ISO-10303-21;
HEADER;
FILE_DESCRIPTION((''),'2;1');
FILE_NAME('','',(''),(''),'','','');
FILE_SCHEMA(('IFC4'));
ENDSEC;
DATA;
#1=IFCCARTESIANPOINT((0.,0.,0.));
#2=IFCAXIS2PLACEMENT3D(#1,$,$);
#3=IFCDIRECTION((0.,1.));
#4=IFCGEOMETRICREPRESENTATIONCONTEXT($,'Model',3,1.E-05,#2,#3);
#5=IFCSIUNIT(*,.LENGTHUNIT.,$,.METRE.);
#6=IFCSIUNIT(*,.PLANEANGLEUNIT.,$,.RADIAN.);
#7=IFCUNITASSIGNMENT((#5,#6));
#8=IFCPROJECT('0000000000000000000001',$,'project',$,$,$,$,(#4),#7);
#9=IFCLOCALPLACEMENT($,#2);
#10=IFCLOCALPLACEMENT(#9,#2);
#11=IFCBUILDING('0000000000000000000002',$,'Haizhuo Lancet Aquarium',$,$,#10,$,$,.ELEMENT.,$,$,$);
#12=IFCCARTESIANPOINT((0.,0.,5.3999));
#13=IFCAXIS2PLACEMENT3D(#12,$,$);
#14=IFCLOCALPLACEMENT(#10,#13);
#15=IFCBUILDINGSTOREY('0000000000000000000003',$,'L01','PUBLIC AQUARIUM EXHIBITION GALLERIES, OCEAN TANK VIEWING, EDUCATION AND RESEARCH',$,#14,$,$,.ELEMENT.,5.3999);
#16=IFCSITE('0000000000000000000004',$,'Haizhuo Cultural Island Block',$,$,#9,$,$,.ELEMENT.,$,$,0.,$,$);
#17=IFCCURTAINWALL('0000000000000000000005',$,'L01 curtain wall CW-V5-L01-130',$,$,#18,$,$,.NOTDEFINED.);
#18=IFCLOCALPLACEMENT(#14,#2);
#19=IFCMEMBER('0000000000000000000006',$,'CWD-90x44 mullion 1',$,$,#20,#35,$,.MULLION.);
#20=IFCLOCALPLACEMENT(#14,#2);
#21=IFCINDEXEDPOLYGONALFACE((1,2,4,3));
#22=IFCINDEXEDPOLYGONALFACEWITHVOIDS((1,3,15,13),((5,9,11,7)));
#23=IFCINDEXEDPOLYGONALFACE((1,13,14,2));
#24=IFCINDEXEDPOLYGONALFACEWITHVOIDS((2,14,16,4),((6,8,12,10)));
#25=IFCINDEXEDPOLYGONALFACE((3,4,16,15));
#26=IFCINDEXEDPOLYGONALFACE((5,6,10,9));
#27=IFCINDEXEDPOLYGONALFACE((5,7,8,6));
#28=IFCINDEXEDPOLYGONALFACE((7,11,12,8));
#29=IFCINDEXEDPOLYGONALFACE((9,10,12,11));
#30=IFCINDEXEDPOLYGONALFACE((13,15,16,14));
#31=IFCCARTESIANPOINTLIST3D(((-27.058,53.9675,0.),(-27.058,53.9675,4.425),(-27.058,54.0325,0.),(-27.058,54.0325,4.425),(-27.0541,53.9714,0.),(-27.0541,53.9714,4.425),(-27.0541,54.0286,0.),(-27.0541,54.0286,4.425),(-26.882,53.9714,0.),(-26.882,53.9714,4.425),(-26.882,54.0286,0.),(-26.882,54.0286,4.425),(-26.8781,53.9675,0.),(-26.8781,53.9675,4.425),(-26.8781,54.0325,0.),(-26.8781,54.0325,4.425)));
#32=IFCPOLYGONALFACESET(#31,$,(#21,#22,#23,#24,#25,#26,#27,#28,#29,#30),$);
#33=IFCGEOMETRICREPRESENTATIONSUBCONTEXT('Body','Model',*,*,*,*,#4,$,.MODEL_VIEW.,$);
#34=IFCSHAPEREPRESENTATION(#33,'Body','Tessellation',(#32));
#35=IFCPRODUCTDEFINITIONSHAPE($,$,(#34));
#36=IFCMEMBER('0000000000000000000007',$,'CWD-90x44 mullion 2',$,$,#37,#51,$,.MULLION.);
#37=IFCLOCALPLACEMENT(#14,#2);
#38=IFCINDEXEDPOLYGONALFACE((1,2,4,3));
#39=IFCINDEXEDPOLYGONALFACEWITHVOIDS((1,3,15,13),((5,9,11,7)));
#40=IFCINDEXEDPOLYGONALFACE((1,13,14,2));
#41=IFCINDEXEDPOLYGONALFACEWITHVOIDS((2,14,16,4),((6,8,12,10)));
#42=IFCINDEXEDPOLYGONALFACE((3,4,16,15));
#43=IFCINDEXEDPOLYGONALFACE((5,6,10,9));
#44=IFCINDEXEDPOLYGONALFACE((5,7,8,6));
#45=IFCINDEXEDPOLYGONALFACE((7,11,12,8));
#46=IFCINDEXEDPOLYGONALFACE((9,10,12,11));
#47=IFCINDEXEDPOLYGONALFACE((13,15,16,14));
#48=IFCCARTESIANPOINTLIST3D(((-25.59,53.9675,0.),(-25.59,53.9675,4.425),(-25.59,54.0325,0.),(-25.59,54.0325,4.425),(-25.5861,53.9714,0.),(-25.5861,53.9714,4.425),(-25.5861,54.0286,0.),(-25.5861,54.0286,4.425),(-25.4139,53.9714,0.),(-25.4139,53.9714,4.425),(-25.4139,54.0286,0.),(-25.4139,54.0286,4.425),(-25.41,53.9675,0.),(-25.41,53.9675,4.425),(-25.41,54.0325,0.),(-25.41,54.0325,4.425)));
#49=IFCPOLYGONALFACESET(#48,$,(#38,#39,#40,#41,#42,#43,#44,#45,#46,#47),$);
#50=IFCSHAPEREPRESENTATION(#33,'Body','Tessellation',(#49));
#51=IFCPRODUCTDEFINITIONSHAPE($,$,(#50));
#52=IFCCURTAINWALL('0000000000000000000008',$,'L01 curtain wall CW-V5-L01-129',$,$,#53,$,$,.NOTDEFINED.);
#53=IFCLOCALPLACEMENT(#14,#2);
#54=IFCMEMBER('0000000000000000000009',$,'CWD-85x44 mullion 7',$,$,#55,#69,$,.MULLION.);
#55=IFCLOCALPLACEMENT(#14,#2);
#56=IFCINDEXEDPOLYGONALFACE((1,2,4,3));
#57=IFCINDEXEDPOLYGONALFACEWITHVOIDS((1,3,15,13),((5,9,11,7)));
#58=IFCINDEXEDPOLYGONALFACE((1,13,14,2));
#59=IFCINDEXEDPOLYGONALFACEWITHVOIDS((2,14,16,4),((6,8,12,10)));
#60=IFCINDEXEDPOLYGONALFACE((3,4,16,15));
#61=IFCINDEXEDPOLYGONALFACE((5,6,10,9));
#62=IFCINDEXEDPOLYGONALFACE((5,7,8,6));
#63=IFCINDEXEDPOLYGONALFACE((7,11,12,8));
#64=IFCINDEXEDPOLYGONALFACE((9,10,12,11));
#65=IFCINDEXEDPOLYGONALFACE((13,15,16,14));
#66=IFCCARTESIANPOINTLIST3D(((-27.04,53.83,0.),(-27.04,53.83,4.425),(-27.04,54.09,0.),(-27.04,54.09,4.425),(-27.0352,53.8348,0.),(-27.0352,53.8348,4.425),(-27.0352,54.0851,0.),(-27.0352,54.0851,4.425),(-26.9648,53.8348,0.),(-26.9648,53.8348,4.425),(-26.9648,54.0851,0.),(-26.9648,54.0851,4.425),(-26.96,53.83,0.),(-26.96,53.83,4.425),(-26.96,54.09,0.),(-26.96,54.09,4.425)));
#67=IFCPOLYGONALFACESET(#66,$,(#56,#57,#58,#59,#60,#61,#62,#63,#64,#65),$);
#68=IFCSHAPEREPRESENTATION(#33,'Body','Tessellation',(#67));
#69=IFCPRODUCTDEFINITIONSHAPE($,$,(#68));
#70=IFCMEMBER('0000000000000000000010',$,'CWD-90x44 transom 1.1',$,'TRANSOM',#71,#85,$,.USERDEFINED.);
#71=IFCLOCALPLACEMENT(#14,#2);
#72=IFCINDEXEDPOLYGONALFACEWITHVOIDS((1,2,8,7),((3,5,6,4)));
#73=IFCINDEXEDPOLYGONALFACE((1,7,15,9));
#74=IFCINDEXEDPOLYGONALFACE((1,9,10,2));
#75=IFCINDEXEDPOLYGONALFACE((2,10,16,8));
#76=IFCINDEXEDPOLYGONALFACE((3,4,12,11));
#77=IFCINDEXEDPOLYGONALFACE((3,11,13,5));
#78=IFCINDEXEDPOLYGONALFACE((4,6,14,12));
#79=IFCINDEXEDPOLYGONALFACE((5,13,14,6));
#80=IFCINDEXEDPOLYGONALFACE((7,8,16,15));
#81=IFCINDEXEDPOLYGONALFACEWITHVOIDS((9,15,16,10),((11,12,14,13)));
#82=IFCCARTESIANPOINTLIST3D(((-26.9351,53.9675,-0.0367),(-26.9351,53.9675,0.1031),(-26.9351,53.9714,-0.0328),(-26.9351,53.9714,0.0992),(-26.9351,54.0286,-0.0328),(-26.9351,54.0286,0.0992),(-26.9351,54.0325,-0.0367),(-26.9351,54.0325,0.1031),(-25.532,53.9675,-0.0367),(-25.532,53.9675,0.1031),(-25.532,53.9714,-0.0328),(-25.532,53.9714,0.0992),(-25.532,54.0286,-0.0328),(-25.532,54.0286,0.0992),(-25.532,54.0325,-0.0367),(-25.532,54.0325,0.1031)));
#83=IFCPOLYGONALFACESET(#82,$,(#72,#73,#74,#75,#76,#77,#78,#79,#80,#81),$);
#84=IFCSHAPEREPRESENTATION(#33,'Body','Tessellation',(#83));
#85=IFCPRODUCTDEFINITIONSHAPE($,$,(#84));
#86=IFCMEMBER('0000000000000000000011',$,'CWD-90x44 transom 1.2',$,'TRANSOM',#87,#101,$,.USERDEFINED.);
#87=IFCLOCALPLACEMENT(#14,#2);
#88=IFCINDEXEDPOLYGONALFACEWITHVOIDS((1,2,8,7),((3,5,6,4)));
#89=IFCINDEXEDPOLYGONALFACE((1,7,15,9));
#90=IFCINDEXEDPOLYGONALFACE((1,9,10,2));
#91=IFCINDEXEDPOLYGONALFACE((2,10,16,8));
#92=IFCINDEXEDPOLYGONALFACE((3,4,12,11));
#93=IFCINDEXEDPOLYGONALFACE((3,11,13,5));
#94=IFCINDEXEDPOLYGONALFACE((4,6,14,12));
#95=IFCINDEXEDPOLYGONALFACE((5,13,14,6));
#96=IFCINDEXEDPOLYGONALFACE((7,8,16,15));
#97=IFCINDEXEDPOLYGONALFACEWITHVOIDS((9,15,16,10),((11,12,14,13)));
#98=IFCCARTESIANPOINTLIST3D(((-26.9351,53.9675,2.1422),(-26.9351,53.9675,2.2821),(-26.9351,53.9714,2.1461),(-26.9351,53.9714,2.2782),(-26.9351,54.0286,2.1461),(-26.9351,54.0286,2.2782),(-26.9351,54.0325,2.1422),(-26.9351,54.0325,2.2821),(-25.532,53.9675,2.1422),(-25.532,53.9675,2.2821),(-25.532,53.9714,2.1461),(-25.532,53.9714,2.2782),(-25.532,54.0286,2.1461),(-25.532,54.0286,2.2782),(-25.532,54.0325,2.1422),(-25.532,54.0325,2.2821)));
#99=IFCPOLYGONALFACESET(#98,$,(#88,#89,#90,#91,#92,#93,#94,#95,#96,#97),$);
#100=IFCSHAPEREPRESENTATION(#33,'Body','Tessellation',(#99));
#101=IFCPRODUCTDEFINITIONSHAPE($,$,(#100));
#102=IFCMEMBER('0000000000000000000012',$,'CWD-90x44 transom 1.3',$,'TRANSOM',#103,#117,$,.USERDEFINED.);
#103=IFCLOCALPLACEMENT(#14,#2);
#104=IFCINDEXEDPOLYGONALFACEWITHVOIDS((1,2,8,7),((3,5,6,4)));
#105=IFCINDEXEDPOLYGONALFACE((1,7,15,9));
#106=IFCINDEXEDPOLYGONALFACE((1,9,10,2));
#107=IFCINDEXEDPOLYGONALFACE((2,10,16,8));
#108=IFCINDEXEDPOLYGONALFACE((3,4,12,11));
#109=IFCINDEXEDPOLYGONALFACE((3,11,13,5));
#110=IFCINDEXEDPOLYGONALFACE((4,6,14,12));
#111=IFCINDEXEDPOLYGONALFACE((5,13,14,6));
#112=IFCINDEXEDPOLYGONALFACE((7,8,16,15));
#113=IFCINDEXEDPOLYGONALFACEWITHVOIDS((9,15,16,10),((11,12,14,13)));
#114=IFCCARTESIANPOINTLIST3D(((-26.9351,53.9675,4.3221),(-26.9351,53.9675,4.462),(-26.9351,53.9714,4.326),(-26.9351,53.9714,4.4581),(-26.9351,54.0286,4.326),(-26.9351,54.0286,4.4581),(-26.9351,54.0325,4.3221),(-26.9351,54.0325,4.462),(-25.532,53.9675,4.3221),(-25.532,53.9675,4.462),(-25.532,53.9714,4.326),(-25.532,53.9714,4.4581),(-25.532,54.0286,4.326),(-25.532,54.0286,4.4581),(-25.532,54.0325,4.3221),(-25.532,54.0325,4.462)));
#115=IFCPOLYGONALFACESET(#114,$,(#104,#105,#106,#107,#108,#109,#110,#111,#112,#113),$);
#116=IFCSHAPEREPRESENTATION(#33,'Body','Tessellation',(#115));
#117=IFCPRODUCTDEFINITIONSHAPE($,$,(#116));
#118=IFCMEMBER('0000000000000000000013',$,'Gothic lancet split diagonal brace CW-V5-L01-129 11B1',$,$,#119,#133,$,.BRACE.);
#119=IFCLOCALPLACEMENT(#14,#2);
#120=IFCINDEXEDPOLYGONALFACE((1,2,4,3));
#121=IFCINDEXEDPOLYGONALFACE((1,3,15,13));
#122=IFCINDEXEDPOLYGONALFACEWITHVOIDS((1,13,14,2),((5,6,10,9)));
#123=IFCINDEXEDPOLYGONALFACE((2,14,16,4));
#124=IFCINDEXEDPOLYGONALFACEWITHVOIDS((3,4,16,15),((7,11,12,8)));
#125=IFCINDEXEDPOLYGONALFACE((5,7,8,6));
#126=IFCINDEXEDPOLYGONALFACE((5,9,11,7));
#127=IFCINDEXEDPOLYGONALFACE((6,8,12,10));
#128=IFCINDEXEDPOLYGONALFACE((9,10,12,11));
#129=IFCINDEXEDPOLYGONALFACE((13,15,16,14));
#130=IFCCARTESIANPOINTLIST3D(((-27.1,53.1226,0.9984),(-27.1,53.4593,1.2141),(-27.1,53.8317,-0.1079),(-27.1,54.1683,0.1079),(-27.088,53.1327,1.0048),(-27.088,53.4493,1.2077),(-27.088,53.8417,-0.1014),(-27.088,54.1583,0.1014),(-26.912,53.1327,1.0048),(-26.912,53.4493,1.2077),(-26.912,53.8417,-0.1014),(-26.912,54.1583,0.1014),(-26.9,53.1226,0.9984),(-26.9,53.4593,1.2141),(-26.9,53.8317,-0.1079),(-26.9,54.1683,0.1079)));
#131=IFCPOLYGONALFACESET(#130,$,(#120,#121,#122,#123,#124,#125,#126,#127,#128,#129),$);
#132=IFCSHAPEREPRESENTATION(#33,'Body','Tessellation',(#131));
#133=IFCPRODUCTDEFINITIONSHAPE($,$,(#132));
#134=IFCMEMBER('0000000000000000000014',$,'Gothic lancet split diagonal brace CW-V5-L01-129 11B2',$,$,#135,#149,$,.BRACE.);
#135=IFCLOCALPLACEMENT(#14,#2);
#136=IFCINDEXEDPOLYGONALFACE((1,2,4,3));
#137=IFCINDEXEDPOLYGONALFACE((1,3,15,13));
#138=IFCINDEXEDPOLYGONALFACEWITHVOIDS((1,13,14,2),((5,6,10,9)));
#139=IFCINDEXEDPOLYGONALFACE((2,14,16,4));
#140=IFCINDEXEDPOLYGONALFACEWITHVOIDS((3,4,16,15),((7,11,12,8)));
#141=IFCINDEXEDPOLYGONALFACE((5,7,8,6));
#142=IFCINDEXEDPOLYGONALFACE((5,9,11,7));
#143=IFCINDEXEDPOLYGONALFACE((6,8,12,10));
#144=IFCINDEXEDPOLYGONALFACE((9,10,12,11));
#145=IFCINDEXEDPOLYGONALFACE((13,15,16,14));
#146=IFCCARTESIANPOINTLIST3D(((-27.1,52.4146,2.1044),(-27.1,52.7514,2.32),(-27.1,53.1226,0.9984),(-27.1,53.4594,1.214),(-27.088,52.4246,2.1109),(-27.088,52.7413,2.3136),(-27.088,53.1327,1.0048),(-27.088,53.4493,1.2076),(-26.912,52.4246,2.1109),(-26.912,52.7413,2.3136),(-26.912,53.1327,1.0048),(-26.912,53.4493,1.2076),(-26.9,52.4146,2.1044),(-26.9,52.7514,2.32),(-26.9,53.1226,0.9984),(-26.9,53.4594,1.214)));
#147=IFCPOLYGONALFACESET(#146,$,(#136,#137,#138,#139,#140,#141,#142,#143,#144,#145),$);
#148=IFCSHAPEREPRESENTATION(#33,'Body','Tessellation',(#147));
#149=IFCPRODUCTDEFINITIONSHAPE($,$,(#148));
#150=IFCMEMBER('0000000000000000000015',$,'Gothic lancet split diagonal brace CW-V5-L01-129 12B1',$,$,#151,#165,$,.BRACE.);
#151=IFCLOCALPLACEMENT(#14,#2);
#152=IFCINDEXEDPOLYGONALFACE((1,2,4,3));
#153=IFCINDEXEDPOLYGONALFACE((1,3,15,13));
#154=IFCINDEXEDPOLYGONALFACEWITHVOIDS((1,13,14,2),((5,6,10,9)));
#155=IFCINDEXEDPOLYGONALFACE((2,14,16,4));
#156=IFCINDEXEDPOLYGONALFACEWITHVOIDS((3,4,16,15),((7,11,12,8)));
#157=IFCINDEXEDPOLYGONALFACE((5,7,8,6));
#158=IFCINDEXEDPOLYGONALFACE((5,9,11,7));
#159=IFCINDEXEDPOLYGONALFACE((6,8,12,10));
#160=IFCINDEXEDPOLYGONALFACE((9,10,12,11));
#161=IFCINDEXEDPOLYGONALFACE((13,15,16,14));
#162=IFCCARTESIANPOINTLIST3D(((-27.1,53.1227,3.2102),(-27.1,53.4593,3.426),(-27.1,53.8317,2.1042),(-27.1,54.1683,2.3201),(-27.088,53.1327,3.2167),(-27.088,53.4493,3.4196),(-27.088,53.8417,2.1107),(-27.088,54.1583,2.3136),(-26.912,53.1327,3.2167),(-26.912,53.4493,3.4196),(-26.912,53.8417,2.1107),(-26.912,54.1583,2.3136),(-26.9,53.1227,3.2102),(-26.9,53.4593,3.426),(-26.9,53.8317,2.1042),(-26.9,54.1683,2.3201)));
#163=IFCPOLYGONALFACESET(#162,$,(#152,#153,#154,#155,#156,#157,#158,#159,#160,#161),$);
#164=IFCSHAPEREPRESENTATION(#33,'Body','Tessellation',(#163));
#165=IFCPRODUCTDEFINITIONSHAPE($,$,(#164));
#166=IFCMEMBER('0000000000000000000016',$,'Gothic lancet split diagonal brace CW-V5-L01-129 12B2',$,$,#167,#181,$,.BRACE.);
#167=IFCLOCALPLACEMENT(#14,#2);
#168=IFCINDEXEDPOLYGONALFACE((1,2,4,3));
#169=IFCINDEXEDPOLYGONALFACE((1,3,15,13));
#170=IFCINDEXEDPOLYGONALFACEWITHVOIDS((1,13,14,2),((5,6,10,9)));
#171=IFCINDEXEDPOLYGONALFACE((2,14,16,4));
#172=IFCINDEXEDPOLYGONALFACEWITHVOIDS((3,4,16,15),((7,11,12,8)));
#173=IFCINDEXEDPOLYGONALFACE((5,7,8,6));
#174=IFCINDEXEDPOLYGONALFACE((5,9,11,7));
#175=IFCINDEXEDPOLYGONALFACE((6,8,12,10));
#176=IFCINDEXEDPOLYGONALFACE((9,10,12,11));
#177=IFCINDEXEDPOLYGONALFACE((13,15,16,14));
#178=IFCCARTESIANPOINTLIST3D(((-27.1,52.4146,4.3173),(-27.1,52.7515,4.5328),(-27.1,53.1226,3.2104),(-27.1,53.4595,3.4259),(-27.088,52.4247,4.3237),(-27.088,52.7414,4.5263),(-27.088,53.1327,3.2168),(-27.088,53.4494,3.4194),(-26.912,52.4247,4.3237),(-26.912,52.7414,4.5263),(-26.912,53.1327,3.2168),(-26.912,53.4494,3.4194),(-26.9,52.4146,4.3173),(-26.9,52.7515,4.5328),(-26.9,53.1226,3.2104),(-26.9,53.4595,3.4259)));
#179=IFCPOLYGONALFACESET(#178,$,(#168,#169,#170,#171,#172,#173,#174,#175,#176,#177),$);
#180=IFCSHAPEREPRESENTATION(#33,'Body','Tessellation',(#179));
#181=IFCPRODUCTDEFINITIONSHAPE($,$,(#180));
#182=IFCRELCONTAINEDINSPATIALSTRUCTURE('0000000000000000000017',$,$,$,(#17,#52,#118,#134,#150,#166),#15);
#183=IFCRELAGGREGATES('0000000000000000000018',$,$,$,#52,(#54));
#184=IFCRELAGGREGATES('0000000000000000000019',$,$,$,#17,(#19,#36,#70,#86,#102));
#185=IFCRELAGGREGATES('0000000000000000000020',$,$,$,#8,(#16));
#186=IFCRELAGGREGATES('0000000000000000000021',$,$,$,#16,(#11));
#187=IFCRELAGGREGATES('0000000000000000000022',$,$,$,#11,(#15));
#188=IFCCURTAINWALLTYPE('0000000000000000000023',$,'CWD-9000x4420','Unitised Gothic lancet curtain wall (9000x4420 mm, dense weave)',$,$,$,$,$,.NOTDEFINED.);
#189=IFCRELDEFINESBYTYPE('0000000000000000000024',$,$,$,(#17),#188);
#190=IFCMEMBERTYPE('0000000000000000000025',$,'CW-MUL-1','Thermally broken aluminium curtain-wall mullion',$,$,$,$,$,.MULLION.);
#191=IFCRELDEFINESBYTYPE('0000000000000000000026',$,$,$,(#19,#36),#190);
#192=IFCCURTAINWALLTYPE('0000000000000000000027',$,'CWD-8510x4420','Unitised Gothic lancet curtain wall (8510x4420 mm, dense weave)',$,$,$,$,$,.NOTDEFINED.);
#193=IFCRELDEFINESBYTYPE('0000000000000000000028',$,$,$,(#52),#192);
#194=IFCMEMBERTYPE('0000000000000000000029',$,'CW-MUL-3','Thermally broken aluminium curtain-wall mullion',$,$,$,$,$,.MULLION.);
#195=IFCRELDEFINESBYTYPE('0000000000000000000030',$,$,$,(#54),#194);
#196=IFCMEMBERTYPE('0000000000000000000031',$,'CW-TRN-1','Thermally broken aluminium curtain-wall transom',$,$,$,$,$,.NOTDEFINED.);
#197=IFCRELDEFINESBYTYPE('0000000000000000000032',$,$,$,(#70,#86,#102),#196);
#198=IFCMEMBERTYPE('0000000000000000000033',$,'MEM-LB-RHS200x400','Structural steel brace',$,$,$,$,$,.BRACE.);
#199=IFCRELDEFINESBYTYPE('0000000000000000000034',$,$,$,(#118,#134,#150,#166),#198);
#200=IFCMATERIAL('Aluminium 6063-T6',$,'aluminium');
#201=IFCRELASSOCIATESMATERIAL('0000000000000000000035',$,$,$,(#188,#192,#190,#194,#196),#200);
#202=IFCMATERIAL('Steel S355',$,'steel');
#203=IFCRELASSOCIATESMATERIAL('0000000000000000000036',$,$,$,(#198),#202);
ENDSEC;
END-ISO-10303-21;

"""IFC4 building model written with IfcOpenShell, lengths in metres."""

from ifc_helpers import new_model, si_unit, direction, frame, origin, origin_2d, place, context, subcontext, project, spatial, hollow_rectangle, extrude, material, material_profile, profile_set, type_object, element, aggregate, save


model = new_model("IFC4")

# Units and contexts
model_context = context("Model", 3, precision=1e-05, world=origin(), true_north=direction((0.0, 1.0)))
body_context = subcontext(model_context, "Body", "Model", "MODEL_VIEW")
ifc_project = project(units=[si_unit("LENGTHUNIT", "METRE"), si_unit("PLANEANGLEUNIT", "RADIAN")], contexts=[model_context])

# Site, building, storey
site_placement = place(None, origin())
site = spatial("IfcSite", under=ifc_project, at=site_placement, Name="Haizhuo Cultural Island Block", CompositionType="ELEMENT", RefElevation=0.0)
building_placement = place(site_placement, origin())
building = spatial("IfcBuilding", under=site, at=building_placement, Name="Haizhuo Lancet Aquarium", CompositionType="ELEMENT")
storey_placement = place(building_placement, frame((0.0, 0.0, 5.3999)))
storey = spatial("IfcBuildingStorey", under=building, at=storey_placement, Name="L01", Description="PUBLIC AQUARIUM EXHIBITION GALLERIES, OCEAN TANK VIEWING, EDUCATION AND RESEARCH", CompositionType="ELEMENT", Elevation=5.3999)

# Curtain wall, members
ifc_material_1 = material(Name="Aluminium 6063-T6", Category="aluminium")
curtain_wall_type_1 = type_object("IfcCurtainWallType", Name="CWD-9000x4420", Description="Unitised Gothic lancet curtain wall (9000x4420 mm, dense weave)", PredefinedType="NOTDEFINED", material=ifc_material_1)
curtain_wall_1_placement = place(storey_placement, origin())
curtain_wall_1 = element("IfcCurtainWall", 1, at=curtain_wall_1_placement, inside=storey, type_object=curtain_wall_type_1, Name="L01 curtain wall CW-V5-L01-130", PredefinedType="NOTDEFINED")
ifc_material_profile_1 = material_profile(ifc_material_1, hollow_rectangle(XDim=0.0649, YDim=0.1799, WallThickness=0.0039, at=origin_2d()), Name="ALU-M 65x180x4")
ifc_profile_set_1 = profile_set([ifc_material_profile_1], Name="Aluminium 6063-T6")
member_type_1 = type_object("IfcMemberType", Name="CW-MUL-1", Description="Thermally broken aluminium curtain-wall mullion", PredefinedType="MULLION", material=ifc_profile_set_1)
member_1_placement = place(storey_placement, frame((-26.968, 54.0, 0.0), z_axis=(0.0, 0.0, 1.0), x_axis=(0.0, 1.0, 0.0)))
member_1 = element("IfcMember", 2, at=member_1_placement, type_object=member_type_1, Name="CWD-90x44 mullion 1", PredefinedType="MULLION", context=body_context, shape_type="SweptSolid", body=[
    extrude(hollow_rectangle(XDim=0.0649, YDim=0.1799, WallThickness=0.0039, at=origin_2d()), origin(), (0.0, 0.0, 1.0), 4.425),
])
member_2_placement = place(storey_placement, frame((-25.5, 54.0, 0.0), z_axis=(0.0, 0.0, 1.0), x_axis=(0.0, 1.0, 0.0)))
member_2 = element("IfcMember", 3, at=member_2_placement, type_object=member_type_1, Name="CWD-90x44 mullion 2", PredefinedType="MULLION", context=body_context, shape_type="SweptSolid", body=[
    extrude(hollow_rectangle(XDim=0.0649, YDim=0.1799, WallThickness=0.0039, at=origin_2d()), origin(), (0.0, 0.0, 1.0), 4.425),
])

# Curtain wall, member
curtain_wall_type_2 = type_object("IfcCurtainWallType", Name="CWD-8510x4420", Description="Unitised Gothic lancet curtain wall (8510x4420 mm, dense weave)", PredefinedType="NOTDEFINED", material=ifc_material_1)
curtain_wall_2_placement = place(storey_placement, origin())
curtain_wall_2 = element("IfcCurtainWall", 4, at=curtain_wall_2_placement, inside=storey, type_object=curtain_wall_type_2, Name="L01 curtain wall CW-V5-L01-129", PredefinedType="NOTDEFINED")
ifc_material_profile_2 = material_profile(ifc_material_1, hollow_rectangle(XDim=0.0801, YDim=0.26, WallThickness=0.0049, at=origin_2d()), Name="ALU-M 80x260x5")
ifc_profile_set_2 = profile_set([ifc_material_profile_2], Name="Aluminium 6063-T6")
member_type_2 = type_object("IfcMemberType", Name="CW-MUL-3", Description="Thermally broken aluminium curtain-wall mullion", PredefinedType="MULLION", material=ifc_profile_set_2)
member_3_placement = place(storey_placement, frame((-27.0, 53.96, 0.0), z_axis=(0.0, 0.0, 1.0), x_axis=(-1.0, 0.0, 0.0)))
member_3 = element("IfcMember", 5, at=member_3_placement, type_object=member_type_2, Name="CWD-85x44 mullion 7", PredefinedType="MULLION", context=body_context, shape_type="SweptSolid", body=[
    extrude(hollow_rectangle(XDim=0.0801, YDim=0.26, WallThickness=0.0049, at=origin_2d()), origin(), (0.0, 0.0, 1.0), 4.425),
])
aggregate(curtain_wall_2, [member_3])

# Members
ifc_material_profile_3 = material_profile(ifc_material_1, hollow_rectangle(XDim=0.0649, YDim=0.1399, WallThickness=0.0039, at=origin_2d()), Name="ALU-T 65x140x4")
ifc_profile_set_3 = profile_set([ifc_material_profile_3], Name="Aluminium 6063-T6")
member_type_3 = type_object("IfcMemberType", Name="CW-TRN-1", Description="Thermally broken aluminium curtain-wall transom", PredefinedType="NOTDEFINED", material=ifc_profile_set_3)
member_4_placement = place(storey_placement, frame((-26.9351, 54.0, 0.0332), z_axis=(1.0, 0.0, 0.0), x_axis=(0.0, 1.0, 0.0)))
member_4 = element("IfcMember", 6, at=member_4_placement, type_object=member_type_3, Name="CWD-90x44 transom 1.1", ObjectType="TRANSOM", PredefinedType="USERDEFINED", context=body_context, shape_type="SweptSolid", body=[
    extrude(hollow_rectangle(XDim=0.0649, YDim=0.1399, WallThickness=0.0039, at=origin_2d()), origin(), (0.0, 0.0, 1.0), 1.4031),
])
member_5_placement = place(storey_placement, frame((-26.9351, 54.0, 2.2122), z_axis=(1.0, 0.0, 0.0), x_axis=(0.0, 1.0, 0.0)))
member_5 = element("IfcMember", 7, at=member_5_placement, type_object=member_type_3, Name="CWD-90x44 transom 1.2", ObjectType="TRANSOM", PredefinedType="USERDEFINED", context=body_context, shape_type="SweptSolid", body=[
    extrude(hollow_rectangle(XDim=0.0649, YDim=0.1399, WallThickness=0.0039, at=origin_2d()), origin(), (0.0, 0.0, 1.0), 1.4031),
])
member_6_placement = place(storey_placement, frame((-26.9351, 54.0, 4.3921), z_axis=(1.0, 0.0, 0.0), x_axis=(0.0, 1.0, 0.0)))
member_6 = element("IfcMember", 8, at=member_6_placement, type_object=member_type_3, Name="CWD-90x44 transom 1.3", ObjectType="TRANSOM", PredefinedType="USERDEFINED", context=body_context, shape_type="SweptSolid", body=[
    extrude(hollow_rectangle(XDim=0.0649, YDim=0.1399, WallThickness=0.0039, at=origin_2d()), origin(), (0.0, 0.0, 1.0), 1.4031),
])

# Members
ifc_material_2 = material(Name="Steel S355", Category="steel")
ifc_material_profile_4 = material_profile(ifc_material_2, hollow_rectangle(XDim=0.2, YDim=0.3999, WallThickness=0.012, at=origin_2d()), Name="RHS 200x400x12")
ifc_profile_set_4 = profile_set([ifc_material_profile_4], Name="Steel S355")
member_type_4 = type_object("IfcMemberType", Name="MEM-LB-RHS200x400", Description="Structural steel brace", PredefinedType="BRACE", material=ifc_profile_set_4)
member_7_placement = place(storey_placement, frame((-27.0, 54.0, 0.0), z_axis=(0.0, -0.539602, 0.84192), x_axis=(1.0, 0.0, 0.0)))
element("IfcMember", 9, at=member_7_placement, inside=storey, type_object=member_type_4, Name="Gothic lancet split diagonal brace CW-V5-L01-129 11B1", PredefinedType="BRACE", context=body_context, shape_type="SweptSolid", body=[
    extrude(hollow_rectangle(XDim=0.2, YDim=0.3999, WallThickness=0.012, at=origin_2d()), origin(), (0.0, 0.0, 1.0), 1.314),
])
member_8_placement = place(storey_placement, frame((-27.0, 53.291, 1.1062), z_axis=(0.0, -0.539159, 0.842204), x_axis=(1.0, 0.0, 0.0)))
element("IfcMember", 10, at=member_8_placement, inside=storey, type_object=member_type_4, Name="Gothic lancet split diagonal brace CW-V5-L01-129 11B2", PredefinedType="BRACE", context=body_context, shape_type="SweptSolid", body=[
    extrude(hollow_rectangle(XDim=0.2, YDim=0.3999, WallThickness=0.012, at=origin_2d()), origin(), (0.0, 0.0, 1.0), 1.3132),
])
member_9_placement = place(storey_placement, frame((-27.0, 54.0, 2.2122), z_axis=(0.0, -0.539686, 0.841866), x_axis=(1.0, 0.0, 0.0)))
element("IfcMember", 11, at=member_9_placement, inside=storey, type_object=member_type_4, Name="Gothic lancet split diagonal brace CW-V5-L01-129 12B1", PredefinedType="BRACE", context=body_context, shape_type="SweptSolid", body=[
    extrude(hollow_rectangle(XDim=0.2, YDim=0.3999, WallThickness=0.012, at=origin_2d()), origin(), (0.0, 0.0, 1.0), 1.3137),
])
member_10_placement = place(storey_placement, frame((-27.0, 53.291, 3.3181), z_axis=(0.0, -0.538822, 0.84242), x_axis=(1.0, 0.0, 0.0)))
element("IfcMember", 12, at=member_10_placement, inside=storey, type_object=member_type_4, Name="Gothic lancet split diagonal brace CW-V5-L01-129 12B2", PredefinedType="BRACE", context=body_context, shape_type="SweptSolid", body=[
    extrude(hollow_rectangle(XDim=0.2, YDim=0.3999, WallThickness=0.012, at=origin_2d()), origin(), (0.0, 0.0, 1.0), 1.314),
])

aggregate(curtain_wall_1, [member_1, member_2, member_4, member_5, member_6])

save(model, "model.ifc")
